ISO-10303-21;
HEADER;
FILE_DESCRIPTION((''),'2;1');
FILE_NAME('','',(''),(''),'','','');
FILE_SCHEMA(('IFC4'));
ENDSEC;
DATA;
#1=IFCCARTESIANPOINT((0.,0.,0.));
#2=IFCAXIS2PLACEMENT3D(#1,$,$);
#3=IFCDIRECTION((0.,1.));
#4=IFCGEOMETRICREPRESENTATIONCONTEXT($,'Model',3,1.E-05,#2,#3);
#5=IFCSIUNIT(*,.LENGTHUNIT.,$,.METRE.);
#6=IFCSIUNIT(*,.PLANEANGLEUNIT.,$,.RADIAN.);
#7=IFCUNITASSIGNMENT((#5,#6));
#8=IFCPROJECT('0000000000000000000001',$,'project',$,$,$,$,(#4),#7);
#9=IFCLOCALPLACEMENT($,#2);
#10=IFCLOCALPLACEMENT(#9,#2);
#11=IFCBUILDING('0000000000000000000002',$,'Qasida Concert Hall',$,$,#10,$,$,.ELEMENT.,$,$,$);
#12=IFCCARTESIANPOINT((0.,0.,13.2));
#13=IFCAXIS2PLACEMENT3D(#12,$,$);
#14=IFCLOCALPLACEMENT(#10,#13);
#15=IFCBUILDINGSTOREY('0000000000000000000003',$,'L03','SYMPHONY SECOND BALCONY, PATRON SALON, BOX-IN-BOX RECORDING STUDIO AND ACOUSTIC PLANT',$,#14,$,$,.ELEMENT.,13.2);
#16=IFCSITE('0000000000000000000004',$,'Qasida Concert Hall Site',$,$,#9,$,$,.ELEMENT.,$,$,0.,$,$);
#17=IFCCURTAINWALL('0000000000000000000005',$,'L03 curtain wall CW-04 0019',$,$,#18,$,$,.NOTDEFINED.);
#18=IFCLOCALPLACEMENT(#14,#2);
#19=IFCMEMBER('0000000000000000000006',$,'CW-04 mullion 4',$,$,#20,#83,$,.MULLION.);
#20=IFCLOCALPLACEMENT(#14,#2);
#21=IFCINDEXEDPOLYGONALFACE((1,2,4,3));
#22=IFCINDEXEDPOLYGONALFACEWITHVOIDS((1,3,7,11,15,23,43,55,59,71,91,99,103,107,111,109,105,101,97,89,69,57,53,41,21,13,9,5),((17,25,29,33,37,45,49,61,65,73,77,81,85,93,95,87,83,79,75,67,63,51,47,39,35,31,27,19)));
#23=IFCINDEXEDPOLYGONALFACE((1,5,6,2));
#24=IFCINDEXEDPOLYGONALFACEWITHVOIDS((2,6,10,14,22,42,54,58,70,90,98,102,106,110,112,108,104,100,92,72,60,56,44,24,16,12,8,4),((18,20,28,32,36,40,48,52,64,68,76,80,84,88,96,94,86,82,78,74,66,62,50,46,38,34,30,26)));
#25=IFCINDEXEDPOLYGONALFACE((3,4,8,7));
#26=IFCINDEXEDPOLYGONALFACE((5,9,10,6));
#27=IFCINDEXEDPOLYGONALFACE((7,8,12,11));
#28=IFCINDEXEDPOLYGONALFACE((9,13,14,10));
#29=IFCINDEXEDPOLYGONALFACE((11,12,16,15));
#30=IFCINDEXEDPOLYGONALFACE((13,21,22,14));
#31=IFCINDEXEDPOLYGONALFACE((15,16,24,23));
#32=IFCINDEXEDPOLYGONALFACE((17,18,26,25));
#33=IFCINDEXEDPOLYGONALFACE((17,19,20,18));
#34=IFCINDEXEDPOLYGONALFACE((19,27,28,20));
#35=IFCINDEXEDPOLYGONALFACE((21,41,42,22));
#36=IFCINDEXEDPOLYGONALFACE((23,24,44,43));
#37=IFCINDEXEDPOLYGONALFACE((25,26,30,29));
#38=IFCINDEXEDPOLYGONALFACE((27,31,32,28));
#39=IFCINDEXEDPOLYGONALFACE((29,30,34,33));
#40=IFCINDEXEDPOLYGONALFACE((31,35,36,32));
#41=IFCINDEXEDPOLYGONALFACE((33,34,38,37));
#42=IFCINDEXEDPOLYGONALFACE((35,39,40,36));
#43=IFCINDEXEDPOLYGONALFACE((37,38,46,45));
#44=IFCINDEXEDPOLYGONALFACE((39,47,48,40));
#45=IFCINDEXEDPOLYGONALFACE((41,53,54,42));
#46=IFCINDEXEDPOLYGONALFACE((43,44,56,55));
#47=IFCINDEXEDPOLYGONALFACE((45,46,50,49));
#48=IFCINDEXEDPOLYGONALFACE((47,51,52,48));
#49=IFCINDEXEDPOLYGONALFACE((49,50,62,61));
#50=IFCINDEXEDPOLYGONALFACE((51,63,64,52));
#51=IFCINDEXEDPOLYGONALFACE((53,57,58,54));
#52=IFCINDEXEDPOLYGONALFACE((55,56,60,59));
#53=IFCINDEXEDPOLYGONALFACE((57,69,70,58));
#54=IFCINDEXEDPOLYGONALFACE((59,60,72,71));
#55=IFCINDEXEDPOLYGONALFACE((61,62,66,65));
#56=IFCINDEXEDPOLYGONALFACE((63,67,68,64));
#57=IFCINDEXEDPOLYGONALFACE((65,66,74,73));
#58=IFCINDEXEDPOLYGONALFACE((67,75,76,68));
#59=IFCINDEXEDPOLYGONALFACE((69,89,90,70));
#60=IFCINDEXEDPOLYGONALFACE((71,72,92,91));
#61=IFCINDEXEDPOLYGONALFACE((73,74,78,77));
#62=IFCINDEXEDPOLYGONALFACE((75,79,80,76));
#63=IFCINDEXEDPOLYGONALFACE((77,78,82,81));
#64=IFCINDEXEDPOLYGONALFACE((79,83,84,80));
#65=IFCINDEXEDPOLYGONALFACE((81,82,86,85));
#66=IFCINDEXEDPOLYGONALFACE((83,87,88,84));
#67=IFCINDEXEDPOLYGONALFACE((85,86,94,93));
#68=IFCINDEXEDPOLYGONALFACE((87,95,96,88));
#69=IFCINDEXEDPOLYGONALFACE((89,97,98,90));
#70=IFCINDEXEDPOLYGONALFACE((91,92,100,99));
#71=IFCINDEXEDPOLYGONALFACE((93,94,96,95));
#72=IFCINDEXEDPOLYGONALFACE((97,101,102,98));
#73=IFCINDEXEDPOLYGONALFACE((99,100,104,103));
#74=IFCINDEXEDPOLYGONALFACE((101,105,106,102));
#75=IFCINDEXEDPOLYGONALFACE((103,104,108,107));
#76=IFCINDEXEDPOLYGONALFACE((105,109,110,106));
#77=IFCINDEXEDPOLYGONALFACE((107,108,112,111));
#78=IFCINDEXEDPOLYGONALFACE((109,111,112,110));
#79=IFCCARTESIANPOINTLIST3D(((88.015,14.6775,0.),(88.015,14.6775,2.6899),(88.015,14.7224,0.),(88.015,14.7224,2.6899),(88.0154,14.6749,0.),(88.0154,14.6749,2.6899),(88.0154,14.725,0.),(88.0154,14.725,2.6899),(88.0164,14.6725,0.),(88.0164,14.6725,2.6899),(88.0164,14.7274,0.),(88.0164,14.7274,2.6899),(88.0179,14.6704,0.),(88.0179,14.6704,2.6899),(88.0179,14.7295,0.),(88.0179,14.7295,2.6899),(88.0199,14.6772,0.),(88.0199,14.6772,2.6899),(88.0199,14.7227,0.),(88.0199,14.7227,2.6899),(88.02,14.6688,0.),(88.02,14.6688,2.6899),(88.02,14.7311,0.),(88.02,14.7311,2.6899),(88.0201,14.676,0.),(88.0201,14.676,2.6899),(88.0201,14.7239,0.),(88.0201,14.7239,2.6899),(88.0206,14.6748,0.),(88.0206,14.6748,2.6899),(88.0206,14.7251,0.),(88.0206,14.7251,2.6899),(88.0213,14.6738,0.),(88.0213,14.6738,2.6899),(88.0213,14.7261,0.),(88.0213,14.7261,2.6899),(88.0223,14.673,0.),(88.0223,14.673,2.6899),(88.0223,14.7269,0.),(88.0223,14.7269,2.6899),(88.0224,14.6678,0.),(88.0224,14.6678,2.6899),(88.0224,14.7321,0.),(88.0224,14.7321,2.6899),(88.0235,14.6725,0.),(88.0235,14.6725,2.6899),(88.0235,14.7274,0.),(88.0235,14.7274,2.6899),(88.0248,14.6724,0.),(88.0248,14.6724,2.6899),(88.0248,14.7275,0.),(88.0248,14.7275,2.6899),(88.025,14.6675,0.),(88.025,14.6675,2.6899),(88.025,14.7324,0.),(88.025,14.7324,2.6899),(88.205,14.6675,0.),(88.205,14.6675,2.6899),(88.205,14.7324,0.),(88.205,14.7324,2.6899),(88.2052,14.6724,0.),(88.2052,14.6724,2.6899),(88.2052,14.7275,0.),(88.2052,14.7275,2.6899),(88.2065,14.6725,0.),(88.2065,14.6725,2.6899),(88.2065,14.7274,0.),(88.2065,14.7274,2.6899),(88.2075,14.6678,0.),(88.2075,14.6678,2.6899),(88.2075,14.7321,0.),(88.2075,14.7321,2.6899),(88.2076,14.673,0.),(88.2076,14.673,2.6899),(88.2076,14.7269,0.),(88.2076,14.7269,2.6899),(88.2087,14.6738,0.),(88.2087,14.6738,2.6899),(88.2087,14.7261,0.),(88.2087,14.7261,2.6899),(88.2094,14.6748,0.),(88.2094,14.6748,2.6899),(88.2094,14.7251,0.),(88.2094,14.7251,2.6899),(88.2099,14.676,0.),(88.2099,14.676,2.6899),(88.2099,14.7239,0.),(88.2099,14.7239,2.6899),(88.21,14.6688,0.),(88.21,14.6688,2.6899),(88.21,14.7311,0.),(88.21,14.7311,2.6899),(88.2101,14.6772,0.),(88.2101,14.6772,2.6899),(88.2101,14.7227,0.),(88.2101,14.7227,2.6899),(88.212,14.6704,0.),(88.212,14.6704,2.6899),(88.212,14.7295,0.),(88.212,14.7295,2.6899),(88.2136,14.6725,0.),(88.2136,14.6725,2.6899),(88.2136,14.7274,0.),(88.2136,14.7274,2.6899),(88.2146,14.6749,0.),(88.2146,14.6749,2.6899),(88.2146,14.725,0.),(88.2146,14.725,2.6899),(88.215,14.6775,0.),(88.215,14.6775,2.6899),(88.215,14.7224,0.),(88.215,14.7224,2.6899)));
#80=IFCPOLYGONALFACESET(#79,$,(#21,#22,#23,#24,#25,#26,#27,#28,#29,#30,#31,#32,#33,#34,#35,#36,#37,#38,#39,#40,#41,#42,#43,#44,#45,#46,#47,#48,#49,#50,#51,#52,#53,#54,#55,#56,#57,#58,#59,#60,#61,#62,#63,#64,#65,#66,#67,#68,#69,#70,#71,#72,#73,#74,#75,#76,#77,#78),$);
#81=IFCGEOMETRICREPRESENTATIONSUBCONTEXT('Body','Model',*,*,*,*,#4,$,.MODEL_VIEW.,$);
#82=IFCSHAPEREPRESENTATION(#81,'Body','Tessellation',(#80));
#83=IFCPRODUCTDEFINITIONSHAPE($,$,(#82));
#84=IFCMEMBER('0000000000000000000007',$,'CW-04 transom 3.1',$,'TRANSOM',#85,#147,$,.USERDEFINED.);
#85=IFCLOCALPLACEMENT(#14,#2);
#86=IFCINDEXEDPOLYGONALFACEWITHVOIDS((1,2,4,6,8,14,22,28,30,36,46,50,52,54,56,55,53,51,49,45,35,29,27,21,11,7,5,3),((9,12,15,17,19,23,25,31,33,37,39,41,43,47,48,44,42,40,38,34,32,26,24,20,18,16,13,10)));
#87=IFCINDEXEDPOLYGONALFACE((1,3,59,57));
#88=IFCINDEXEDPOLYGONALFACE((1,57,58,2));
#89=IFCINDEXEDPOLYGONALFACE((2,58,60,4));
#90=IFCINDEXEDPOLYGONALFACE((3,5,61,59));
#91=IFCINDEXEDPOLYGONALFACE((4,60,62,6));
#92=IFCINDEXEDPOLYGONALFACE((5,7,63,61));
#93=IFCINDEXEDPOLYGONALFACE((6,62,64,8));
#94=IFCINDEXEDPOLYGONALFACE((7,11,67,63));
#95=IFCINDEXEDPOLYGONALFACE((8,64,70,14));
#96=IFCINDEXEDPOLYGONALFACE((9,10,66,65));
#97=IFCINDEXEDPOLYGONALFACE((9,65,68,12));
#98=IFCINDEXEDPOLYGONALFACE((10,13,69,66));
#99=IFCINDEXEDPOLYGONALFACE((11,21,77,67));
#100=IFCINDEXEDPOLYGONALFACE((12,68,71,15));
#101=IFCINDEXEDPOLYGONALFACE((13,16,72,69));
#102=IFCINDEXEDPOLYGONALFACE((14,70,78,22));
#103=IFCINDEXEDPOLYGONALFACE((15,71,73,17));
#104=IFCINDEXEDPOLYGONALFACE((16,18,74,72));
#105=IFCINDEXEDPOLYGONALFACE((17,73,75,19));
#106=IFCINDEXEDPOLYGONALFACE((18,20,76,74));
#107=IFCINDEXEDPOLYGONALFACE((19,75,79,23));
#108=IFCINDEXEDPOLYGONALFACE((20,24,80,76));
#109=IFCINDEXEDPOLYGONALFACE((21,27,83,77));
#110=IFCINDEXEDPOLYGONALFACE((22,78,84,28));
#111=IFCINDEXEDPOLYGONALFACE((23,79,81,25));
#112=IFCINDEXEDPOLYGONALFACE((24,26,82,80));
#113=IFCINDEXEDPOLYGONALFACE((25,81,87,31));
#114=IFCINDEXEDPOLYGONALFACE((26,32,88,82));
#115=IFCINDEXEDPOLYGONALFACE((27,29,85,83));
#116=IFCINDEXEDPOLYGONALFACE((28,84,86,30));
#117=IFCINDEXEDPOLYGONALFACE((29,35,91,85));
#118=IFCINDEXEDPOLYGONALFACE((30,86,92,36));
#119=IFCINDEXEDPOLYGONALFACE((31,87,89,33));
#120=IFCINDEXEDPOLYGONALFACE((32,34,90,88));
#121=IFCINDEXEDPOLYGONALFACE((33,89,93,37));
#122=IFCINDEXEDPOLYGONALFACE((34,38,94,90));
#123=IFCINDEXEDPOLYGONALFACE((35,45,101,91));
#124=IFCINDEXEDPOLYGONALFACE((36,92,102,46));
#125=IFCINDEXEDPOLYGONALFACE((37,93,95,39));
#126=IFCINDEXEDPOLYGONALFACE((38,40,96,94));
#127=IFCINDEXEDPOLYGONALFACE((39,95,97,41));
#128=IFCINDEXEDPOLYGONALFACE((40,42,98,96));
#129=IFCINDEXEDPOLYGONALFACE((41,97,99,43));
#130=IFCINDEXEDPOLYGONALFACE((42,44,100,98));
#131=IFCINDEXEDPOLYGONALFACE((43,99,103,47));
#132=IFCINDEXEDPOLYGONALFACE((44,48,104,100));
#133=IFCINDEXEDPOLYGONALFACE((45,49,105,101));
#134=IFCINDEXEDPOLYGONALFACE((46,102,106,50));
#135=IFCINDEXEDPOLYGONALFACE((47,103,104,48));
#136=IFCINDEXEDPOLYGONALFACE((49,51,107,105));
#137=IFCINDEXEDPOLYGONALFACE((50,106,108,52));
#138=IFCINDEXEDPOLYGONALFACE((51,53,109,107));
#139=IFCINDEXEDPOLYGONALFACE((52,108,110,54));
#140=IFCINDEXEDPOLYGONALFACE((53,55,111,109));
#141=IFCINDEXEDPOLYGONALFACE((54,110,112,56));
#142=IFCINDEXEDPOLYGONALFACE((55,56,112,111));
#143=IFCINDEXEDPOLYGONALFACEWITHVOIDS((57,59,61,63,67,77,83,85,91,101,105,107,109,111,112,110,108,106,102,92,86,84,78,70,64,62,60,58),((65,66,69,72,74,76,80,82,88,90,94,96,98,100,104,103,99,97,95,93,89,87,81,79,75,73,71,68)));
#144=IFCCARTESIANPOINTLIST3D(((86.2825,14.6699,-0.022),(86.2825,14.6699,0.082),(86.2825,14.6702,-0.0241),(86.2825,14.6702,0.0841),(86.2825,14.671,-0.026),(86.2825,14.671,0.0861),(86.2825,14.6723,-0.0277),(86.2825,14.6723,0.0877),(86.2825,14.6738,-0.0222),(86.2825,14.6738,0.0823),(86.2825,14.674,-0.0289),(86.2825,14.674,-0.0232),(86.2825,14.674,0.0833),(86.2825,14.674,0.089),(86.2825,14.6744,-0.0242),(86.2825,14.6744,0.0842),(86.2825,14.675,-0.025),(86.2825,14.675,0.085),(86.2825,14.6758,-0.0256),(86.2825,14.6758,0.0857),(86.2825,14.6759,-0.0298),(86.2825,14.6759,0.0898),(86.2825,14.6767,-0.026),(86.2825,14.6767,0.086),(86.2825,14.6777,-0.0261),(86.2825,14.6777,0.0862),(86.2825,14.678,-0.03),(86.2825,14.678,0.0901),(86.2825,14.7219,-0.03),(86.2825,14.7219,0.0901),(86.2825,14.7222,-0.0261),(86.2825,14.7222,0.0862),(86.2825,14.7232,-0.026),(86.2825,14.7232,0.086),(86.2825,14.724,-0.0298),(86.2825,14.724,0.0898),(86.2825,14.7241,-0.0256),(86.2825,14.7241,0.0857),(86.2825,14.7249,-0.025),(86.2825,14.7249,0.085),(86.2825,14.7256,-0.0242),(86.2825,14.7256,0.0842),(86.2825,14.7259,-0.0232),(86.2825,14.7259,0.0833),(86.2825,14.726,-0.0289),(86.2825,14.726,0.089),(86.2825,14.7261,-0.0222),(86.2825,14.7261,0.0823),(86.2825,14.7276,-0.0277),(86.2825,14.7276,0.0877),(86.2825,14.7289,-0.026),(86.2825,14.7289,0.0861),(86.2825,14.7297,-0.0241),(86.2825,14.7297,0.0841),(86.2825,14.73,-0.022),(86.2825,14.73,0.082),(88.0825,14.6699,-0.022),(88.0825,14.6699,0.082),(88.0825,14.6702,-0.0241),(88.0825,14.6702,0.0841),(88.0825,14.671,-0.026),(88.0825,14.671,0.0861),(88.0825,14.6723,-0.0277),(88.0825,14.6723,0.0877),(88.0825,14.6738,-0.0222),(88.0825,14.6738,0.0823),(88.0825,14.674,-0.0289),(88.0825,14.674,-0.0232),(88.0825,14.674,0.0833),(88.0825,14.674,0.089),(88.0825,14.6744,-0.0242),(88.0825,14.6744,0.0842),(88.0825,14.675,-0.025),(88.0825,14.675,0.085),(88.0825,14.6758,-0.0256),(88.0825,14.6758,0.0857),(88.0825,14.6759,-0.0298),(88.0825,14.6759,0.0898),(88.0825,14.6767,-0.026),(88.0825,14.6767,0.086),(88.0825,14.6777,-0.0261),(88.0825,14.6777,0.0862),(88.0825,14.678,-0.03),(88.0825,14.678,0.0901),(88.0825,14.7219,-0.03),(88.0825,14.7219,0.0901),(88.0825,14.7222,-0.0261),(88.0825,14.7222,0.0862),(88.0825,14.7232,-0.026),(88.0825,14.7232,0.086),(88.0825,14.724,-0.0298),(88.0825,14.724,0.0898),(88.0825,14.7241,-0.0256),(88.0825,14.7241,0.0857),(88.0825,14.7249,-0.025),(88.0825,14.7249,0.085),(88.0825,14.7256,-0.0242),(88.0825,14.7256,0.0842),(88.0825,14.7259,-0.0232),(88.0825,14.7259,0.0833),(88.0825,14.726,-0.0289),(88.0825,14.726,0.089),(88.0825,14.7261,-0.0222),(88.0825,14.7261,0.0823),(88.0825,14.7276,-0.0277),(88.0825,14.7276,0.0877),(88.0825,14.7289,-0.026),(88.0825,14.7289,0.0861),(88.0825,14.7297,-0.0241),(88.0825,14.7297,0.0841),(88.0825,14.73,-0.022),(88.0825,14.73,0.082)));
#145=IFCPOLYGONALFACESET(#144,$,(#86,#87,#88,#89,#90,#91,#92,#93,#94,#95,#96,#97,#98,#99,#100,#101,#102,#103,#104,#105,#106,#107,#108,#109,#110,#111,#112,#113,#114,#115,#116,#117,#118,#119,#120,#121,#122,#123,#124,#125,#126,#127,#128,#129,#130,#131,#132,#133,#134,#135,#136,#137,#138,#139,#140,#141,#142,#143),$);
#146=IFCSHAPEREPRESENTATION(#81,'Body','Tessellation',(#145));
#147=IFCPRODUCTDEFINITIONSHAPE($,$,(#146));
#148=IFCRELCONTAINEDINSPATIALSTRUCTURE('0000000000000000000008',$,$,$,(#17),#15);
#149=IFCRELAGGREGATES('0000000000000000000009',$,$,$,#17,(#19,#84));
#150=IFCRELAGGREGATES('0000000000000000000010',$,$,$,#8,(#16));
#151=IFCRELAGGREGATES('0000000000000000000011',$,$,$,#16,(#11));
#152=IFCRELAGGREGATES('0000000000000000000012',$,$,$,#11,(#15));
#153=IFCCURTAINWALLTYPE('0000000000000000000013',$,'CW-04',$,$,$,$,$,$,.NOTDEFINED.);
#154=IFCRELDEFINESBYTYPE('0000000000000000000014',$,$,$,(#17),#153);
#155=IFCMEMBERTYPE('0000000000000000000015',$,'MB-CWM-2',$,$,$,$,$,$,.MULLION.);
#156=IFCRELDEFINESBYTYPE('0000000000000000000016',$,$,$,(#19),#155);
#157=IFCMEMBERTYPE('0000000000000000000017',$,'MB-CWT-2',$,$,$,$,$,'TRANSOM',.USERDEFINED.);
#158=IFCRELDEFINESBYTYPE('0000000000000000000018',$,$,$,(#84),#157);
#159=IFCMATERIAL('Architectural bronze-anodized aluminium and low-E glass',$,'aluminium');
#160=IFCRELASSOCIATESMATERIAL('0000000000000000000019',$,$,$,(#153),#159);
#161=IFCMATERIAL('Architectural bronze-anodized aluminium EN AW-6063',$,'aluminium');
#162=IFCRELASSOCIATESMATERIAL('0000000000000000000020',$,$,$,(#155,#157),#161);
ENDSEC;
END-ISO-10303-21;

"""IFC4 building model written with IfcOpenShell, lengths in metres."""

from ifc_helpers import new_model, si_unit, direction, frame, origin, origin_2d, place, context, subcontext, project, spatial, hollow_rectangle, extrude, material, material_profile, profile_set, type_object, element, aggregate, save


model = new_model("IFC4")

# Units and contexts
model_context = context("Model", 3, precision=1e-05, world=origin(), true_north=direction((0.0, 1.0)))
body_context = subcontext(model_context, "Body", "Model", "MODEL_VIEW")
ifc_project = project(units=[si_unit("LENGTHUNIT", "METRE"), si_unit("PLANEANGLEUNIT", "RADIAN")], contexts=[model_context])

# Site, building, storey
site_placement = place(None, origin())
site = spatial("IfcSite", under=ifc_project, at=site_placement, Name="Qasida Concert Hall Site", CompositionType="ELEMENT", RefElevation=0.0)
building_placement = place(site_placement, origin())
building = spatial("IfcBuilding", under=site, at=building_placement, Name="Qasida Concert Hall", CompositionType="ELEMENT")
storey_placement = place(building_placement, frame((0.0, 0.0, 13.2)))
storey = spatial("IfcBuildingStorey", under=building, at=storey_placement, Name="L03", Description="SYMPHONY SECOND BALCONY, PATRON SALON, BOX-IN-BOX RECORDING STUDIO AND ACOUSTIC PLANT", CompositionType="ELEMENT", Elevation=13.2)

# Curtain wall, members
ifc_material_1 = material(Name="Architectural bronze-anodized aluminium and low-E glass", Category="aluminium")
curtain_wall_type = type_object("IfcCurtainWallType", Name="CW-04", PredefinedType="NOTDEFINED", material=ifc_material_1)
curtain_wall_placement = place(storey_placement, origin())
curtain_wall = element("IfcCurtainWall", 1, at=curtain_wall_placement, inside=storey, type_object=curtain_wall_type, Name="L03 curtain wall CW-04 0019", PredefinedType="NOTDEFINED")
ifc_material_2 = material(Name="Architectural bronze-anodized aluminium EN AW-6063", Category="aluminium")
ifc_material_profile_1 = material_profile(ifc_material_2, hollow_rectangle(XDim=0.0649, YDim=0.2, WallThickness=0.0049, InnerFilletRadius=0.0049, OuterFilletRadius=0.01, at=origin_2d()), Name="CWM 200x65x5")
ifc_profile_set_1 = profile_set([ifc_material_profile_1], Name="Architectural bronze-anodized aluminium EN AW-6063")
member_type_1 = type_object("IfcMemberType", Name="MB-CWM-2", PredefinedType="MULLION", material=ifc_profile_set_1)
member_1_placement = place(storey_placement, frame((88.115, 14.7, 0.0), z_axis=(0.0, 0.0, 1.0), x_axis=(0.0, 1.0, 0.0)))
member_1 = element("IfcMember", 2, at=member_1_placement, type_object=member_type_1, Name="CW-04 mullion 4", PredefinedType="MULLION", context=body_context, shape_type="SweptSolid", body=[
    extrude(hollow_rectangle(XDim=0.0649, YDim=0.2, WallThickness=0.0049, InnerFilletRadius=0.0049, OuterFilletRadius=0.01, at=origin_2d()), origin(), (0.0, 0.0, 1.0), 2.6899),
])
ifc_material_profile_2 = material_profile(ifc_material_2, hollow_rectangle(XDim=0.0601, YDim=0.1201, WallThickness=0.0039, InnerFilletRadius=0.0039, OuterFilletRadius=0.0081, at=origin_2d()), Name="CWT 120x60x4")
ifc_profile_set_2 = profile_set([ifc_material_profile_2], Name="Architectural bronze-anodized aluminium EN AW-6063")
member_type_2 = type_object("IfcMemberType", Name="MB-CWT-2", ElementType="TRANSOM", PredefinedType="USERDEFINED", material=ifc_profile_set_2)
member_2_placement = place(storey_placement, frame((86.2825, 14.7, 0.03), z_axis=(1.0, 0.0, 0.0), x_axis=(0.0, 1.0, 0.0)))
member_2 = element("IfcMember", 3, at=member_2_placement, type_object=member_type_2, Name="CW-04 transom 3.1", ObjectType="TRANSOM", PredefinedType="USERDEFINED", context=body_context, shape_type="SweptSolid", body=[
    extrude(hollow_rectangle(XDim=0.0601, YDim=0.1201, WallThickness=0.0039, InnerFilletRadius=0.0039, OuterFilletRadius=0.0081, at=origin_2d()), origin(), (0.0, 0.0, 1.0), 1.8),
])
aggregate(curtain_wall, [member_1, member_2])

save(model, "model.ifc")
